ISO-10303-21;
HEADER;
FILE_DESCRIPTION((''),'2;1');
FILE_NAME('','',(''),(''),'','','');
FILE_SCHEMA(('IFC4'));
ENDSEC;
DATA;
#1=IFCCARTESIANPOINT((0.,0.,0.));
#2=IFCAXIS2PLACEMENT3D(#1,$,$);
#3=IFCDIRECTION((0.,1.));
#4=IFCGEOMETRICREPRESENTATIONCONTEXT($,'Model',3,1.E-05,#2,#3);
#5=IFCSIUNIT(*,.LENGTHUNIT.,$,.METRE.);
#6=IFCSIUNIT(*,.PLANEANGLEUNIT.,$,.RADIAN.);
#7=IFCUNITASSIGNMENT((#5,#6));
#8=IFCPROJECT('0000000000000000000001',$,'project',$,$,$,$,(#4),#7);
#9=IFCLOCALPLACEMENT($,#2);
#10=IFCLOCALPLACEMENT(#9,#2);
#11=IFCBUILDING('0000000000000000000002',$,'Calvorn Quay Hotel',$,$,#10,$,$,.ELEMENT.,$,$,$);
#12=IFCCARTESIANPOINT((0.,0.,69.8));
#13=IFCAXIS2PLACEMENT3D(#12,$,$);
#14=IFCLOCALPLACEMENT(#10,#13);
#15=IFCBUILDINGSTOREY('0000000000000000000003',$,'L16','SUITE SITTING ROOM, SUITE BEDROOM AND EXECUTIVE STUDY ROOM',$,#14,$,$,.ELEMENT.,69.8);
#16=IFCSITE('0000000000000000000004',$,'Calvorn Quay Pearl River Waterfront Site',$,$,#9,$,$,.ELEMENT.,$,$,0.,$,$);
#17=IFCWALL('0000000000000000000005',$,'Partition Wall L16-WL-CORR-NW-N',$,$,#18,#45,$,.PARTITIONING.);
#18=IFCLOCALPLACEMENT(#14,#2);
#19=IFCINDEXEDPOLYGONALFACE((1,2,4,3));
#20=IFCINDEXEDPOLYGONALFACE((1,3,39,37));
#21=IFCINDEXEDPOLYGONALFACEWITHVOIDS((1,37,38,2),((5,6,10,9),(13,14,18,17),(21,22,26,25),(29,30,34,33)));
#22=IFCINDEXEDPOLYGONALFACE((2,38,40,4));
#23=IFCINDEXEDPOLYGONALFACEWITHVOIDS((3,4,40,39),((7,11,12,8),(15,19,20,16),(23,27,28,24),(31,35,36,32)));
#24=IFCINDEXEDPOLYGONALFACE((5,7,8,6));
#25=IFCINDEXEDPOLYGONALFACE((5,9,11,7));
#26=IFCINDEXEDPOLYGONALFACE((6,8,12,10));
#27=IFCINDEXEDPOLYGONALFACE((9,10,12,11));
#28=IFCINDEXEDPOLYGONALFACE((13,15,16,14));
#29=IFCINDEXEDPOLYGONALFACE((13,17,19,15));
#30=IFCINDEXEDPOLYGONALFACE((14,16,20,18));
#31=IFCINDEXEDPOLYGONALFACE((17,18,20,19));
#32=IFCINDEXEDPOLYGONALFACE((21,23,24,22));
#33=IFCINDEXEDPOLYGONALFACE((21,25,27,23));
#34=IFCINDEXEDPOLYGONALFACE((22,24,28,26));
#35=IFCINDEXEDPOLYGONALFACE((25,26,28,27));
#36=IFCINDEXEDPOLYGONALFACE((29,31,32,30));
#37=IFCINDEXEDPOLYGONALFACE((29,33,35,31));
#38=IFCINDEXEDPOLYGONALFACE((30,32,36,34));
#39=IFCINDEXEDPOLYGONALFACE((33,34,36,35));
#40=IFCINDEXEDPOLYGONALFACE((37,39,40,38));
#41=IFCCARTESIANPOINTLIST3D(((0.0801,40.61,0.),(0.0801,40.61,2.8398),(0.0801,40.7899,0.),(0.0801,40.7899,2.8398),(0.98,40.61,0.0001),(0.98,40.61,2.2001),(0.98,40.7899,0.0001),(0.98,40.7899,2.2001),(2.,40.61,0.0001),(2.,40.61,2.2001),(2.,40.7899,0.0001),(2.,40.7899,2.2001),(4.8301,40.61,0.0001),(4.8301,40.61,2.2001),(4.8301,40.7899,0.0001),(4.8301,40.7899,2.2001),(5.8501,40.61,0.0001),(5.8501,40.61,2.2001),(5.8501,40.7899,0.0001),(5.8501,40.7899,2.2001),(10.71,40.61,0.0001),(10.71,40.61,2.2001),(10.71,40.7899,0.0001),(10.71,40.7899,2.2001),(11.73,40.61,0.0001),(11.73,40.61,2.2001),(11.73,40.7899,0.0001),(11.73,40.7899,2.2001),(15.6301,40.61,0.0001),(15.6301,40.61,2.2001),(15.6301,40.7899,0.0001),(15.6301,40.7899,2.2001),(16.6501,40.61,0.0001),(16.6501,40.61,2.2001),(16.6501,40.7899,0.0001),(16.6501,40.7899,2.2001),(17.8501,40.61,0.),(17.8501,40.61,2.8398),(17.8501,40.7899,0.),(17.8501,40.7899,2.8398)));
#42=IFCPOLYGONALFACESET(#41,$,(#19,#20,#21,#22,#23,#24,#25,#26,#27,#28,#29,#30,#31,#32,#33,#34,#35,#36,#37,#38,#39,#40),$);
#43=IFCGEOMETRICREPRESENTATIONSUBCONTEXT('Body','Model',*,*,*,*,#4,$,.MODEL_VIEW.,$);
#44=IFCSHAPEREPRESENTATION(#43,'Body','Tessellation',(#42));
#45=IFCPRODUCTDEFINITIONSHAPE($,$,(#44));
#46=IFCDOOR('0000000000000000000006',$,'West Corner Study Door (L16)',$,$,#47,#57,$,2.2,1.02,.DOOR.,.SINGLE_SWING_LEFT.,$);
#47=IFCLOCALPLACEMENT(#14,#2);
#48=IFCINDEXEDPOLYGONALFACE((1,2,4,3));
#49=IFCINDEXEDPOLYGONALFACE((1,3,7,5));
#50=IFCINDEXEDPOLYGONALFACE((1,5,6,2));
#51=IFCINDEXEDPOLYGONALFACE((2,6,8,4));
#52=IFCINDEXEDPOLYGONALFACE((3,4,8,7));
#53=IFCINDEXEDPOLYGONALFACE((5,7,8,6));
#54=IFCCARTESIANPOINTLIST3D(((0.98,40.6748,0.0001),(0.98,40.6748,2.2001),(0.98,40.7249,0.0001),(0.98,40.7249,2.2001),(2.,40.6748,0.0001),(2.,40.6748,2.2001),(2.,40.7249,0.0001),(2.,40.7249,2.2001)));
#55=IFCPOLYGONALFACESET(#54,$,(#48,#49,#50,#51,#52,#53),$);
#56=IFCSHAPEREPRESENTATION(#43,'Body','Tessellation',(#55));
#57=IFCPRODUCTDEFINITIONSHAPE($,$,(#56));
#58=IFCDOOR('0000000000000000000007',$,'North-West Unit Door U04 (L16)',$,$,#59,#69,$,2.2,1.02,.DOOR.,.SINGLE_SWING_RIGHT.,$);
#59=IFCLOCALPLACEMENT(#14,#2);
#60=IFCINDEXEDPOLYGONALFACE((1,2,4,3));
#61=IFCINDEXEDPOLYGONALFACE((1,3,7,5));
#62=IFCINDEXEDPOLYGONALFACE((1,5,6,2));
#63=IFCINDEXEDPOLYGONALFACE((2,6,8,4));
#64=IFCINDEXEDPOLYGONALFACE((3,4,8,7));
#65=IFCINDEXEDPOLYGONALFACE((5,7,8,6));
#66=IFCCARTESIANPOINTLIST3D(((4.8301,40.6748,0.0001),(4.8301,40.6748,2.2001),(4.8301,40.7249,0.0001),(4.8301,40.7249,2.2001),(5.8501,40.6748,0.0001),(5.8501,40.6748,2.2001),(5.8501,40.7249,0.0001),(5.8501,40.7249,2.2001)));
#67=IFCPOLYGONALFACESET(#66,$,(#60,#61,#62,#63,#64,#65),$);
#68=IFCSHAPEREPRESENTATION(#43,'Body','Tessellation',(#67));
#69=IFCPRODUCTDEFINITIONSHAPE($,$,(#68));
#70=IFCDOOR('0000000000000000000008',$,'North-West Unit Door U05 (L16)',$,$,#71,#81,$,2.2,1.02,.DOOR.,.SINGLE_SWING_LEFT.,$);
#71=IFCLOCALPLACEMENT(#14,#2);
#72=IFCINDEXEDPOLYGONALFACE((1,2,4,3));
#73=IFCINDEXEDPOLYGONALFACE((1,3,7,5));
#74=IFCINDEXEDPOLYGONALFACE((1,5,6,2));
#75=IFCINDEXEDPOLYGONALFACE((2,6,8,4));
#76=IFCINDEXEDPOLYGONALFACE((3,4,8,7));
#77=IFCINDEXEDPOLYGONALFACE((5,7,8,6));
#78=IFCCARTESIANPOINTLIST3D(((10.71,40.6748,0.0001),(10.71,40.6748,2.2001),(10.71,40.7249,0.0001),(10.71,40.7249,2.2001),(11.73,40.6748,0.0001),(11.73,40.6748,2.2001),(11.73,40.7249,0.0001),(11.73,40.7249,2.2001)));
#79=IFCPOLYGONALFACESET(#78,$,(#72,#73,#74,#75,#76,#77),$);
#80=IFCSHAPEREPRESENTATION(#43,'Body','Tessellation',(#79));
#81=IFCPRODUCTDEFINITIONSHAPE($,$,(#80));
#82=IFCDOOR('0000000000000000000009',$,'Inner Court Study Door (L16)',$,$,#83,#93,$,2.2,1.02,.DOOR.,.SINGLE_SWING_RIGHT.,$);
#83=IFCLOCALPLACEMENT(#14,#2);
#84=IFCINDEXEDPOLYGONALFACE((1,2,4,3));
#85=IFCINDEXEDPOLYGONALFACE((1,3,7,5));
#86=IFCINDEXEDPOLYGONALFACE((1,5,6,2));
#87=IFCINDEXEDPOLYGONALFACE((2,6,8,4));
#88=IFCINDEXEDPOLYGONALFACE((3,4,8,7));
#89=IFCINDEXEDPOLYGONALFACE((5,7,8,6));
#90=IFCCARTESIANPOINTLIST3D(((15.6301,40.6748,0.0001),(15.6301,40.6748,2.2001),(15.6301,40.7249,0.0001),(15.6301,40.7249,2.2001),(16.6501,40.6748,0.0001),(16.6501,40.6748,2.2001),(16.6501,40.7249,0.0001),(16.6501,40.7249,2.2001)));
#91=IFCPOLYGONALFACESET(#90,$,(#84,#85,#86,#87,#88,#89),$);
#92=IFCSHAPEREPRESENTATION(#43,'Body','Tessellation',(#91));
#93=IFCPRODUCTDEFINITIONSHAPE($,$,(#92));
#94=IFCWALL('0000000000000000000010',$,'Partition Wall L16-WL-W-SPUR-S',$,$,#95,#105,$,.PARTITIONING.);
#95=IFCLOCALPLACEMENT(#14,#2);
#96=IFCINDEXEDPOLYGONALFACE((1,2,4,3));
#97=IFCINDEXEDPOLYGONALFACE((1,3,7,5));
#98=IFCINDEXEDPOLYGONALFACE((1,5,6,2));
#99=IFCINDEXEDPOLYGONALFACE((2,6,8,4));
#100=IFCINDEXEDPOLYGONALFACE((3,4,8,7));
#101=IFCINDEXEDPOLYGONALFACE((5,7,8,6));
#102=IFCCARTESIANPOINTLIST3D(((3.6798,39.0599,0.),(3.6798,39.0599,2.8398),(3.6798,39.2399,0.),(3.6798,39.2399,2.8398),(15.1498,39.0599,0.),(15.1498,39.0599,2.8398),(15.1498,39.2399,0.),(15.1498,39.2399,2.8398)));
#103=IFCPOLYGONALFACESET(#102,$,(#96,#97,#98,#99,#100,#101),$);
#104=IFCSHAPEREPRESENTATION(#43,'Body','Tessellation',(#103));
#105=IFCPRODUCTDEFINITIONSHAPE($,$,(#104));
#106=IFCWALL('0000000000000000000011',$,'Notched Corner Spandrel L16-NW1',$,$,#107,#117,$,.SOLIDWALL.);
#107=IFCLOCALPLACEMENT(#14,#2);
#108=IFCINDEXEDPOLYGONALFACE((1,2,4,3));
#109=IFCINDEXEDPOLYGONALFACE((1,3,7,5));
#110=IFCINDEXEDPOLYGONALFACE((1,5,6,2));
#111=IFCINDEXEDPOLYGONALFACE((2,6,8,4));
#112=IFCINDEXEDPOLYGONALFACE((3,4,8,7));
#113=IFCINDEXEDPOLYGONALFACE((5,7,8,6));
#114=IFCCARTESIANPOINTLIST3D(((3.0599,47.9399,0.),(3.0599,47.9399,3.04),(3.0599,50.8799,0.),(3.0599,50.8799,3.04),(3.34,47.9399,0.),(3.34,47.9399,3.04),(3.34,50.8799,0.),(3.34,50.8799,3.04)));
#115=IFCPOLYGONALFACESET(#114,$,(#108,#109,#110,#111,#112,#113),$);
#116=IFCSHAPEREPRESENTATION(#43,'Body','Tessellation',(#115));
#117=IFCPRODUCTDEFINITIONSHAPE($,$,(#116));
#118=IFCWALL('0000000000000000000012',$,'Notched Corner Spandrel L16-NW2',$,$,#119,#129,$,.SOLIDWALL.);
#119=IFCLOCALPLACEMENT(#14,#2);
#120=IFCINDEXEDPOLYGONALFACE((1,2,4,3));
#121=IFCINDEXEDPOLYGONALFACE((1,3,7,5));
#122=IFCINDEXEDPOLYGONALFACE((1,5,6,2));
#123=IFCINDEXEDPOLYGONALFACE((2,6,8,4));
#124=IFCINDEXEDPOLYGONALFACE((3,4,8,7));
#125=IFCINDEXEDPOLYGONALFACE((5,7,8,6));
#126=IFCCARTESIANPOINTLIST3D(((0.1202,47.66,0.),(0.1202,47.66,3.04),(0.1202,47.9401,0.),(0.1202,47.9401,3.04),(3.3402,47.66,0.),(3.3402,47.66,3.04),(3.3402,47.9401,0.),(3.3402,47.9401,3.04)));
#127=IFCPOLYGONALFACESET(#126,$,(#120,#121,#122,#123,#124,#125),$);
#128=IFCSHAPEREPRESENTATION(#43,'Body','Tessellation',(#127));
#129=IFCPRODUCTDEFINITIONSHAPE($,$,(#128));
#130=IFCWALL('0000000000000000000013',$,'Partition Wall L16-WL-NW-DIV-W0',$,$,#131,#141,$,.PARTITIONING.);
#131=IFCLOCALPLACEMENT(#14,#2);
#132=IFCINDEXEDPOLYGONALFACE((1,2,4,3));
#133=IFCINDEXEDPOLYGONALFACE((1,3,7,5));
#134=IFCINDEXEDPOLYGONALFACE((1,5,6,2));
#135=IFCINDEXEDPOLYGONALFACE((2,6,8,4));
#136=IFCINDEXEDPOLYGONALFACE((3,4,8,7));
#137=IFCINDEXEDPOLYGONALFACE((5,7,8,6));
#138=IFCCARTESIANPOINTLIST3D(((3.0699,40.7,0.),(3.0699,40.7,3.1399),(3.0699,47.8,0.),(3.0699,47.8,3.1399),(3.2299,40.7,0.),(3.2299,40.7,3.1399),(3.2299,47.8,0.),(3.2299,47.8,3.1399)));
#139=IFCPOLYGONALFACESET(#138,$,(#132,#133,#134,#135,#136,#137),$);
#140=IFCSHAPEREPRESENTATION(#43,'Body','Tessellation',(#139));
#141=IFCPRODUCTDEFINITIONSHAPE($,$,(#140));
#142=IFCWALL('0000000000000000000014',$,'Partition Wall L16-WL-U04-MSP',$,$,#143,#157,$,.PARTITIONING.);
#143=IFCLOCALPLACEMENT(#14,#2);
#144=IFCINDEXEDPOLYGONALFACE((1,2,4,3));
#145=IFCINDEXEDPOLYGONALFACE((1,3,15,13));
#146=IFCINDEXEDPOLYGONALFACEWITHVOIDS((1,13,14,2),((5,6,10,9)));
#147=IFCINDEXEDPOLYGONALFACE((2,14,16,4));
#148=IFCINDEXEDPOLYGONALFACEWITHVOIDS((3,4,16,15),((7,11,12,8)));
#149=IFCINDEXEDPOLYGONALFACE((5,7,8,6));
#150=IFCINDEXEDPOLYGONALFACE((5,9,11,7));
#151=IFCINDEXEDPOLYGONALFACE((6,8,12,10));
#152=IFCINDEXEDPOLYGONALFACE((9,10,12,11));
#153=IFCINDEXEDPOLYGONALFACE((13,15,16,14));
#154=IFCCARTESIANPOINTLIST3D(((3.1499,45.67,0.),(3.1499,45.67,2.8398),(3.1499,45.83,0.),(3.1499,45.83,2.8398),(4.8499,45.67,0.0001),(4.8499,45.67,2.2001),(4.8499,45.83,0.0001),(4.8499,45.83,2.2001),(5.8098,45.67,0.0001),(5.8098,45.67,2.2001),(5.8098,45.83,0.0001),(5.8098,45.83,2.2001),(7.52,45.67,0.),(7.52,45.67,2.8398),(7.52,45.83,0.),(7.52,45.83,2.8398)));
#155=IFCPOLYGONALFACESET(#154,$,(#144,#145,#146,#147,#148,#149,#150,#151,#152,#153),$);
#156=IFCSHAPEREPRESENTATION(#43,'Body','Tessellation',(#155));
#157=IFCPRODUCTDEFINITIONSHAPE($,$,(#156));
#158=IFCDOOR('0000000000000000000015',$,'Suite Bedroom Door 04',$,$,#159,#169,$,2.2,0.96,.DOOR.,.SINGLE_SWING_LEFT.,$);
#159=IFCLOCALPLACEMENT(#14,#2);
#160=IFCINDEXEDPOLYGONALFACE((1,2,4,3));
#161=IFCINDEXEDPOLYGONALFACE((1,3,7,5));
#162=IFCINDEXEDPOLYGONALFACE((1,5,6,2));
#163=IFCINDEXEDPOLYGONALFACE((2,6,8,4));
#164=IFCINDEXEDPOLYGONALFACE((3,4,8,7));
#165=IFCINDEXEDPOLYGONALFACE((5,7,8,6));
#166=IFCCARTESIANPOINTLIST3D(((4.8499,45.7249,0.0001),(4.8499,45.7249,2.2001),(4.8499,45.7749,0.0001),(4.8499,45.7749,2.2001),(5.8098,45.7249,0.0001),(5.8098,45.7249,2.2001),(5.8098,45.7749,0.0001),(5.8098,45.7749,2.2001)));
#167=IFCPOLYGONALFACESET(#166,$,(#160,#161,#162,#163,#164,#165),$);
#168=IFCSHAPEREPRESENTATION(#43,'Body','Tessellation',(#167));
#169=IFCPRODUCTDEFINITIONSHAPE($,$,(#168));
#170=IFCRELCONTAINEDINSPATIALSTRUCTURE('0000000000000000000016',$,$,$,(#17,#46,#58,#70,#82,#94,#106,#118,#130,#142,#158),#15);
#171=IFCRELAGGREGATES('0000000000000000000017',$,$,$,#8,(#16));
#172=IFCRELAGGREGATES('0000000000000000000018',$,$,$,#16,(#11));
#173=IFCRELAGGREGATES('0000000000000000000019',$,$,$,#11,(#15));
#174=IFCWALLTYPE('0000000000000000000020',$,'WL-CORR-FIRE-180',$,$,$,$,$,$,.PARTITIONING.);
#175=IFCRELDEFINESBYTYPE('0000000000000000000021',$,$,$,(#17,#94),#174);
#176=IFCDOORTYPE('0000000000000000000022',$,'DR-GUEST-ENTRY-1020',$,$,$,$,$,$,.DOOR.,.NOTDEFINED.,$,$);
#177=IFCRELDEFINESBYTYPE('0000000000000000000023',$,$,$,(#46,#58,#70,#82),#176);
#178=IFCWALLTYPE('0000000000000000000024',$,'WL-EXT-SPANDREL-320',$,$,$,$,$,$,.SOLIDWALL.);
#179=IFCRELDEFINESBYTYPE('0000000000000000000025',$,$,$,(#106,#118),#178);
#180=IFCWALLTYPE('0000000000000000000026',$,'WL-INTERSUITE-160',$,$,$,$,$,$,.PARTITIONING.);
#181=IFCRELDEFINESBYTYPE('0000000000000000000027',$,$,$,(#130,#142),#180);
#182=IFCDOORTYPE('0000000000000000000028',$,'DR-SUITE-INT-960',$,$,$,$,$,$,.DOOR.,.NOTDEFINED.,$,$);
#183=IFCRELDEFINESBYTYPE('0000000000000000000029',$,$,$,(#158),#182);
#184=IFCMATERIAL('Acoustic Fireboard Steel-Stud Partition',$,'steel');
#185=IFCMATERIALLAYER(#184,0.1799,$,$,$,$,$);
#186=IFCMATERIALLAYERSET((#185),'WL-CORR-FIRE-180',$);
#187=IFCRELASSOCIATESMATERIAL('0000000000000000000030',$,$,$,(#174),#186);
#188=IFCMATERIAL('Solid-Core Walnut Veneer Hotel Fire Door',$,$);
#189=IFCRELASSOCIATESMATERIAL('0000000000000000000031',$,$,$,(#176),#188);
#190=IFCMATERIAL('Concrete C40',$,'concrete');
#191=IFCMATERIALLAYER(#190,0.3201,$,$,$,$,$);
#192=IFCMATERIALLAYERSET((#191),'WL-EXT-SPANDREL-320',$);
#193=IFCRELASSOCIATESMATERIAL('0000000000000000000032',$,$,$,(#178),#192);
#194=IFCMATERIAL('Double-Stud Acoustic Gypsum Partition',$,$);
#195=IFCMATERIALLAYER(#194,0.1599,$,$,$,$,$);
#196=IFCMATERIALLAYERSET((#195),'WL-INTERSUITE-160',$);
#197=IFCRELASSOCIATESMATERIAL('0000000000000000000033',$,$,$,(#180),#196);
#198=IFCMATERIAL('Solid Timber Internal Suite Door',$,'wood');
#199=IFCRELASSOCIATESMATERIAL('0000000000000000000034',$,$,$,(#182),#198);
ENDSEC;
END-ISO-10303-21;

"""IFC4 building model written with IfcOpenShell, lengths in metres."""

from ifc_helpers import new_model, si_unit, direction, frame, frame_2d, origin, place, context, subcontext, project, spatial, rectangle, extrude, material, layer, layer_set, type_object, element, fill, save


model = new_model("IFC4")

# Units and contexts
model_context = context("Model", 3, precision=1e-05, world=origin(), true_north=direction((0.0, 1.0)))
body_context = subcontext(model_context, "Body", "Model", "MODEL_VIEW")
ifc_project = project(units=[si_unit("LENGTHUNIT", "METRE"), si_unit("PLANEANGLEUNIT", "RADIAN")], contexts=[model_context])

# Site, building, storey
site_placement = place(None, origin())
site = spatial("IfcSite", under=ifc_project, at=site_placement, Name="Calvorn Quay Pearl River Waterfront Site", CompositionType="ELEMENT", RefElevation=0.0)
building_placement = place(site_placement, origin())
building = spatial("IfcBuilding", under=site, at=building_placement, Name="Calvorn Quay Hotel", CompositionType="ELEMENT")
storey_placement = place(building_placement, frame((0.0, 0.0, 69.8)))
storey = spatial("IfcBuildingStorey", under=building, at=storey_placement, Name="L16", Description="SUITE SITTING ROOM, SUITE BEDROOM AND EXECUTIVE STUDY ROOM", CompositionType="ELEMENT", Elevation=69.8)

# Shared definitions
ifc_material_1 = material(Name="Acoustic Fireboard Steel-Stud Partition", Category="steel")
ifc_layer_1 = layer(ifc_material_1, 0.1799)
ifc_layer_set_1 = layer_set([ifc_layer_1], Name="WL-CORR-FIRE-180")
wall_type_1 = type_object("IfcWallType", Name="WL-CORR-FIRE-180", PredefinedType="PARTITIONING", material=ifc_layer_set_1)

# Wall, openings, doors
wall_1_placement = place(storey_placement, frame((0.0801, 40.7, 0.0), z_axis=(0.0, 0.0, 1.0), x_axis=(1.0, 0.0, 0.0)))
wall_1 = element("IfcWall", 1, at=wall_1_placement, inside=storey, type_object=wall_type_1, Name="Partition Wall L16-WL-CORR-NW-N", PredefinedType="PARTITIONING", context=body_context, shape_type="SweptSolid", body=[
    extrude(rectangle(XDim=17.77, YDim=0.1799, at=frame_2d((8.885, 0.0))), origin(), (0.0, 0.0, 1.0), 2.8398),
])
opening_1_placement = place(wall_1_placement, frame((0.8999, 0.0, 0.0)))
opening_1 = element("IfcOpeningElement", 2, at=opening_1_placement, cuts=wall_1, PredefinedType="OPENING", context=body_context, shape_type="SweptSolid", body=[
    extrude(rectangle(XDim=1.02, YDim=2.2, at=frame_2d((0.51, 1.1001))), frame((0.0, 0.0999, 0.0), z_axis=(0.0, -1.0, 0.0), x_axis=(1.0, 0.0, 0.0)), (0.0, 0.0, 1.0), 0.2),
])
opening_2_placement = place(wall_1_placement, frame((4.75, 0.0, 0.0)))
opening_2 = element("IfcOpeningElement", 3, at=opening_2_placement, cuts=wall_1, PredefinedType="OPENING", context=body_context, shape_type="SweptSolid", body=[
    extrude(rectangle(XDim=1.02, YDim=2.2, at=frame_2d((0.51, 1.1001))), frame((0.0, 0.0999, 0.0), z_axis=(0.0, -1.0, 0.0), x_axis=(1.0, 0.0, 0.0)), (0.0, 0.0, 1.0), 0.2),
])
opening_3_placement = place(wall_1_placement, frame((10.6299, 0.0, 0.0)))
opening_3 = element("IfcOpeningElement", 4, at=opening_3_placement, cuts=wall_1, PredefinedType="OPENING", context=body_context, shape_type="SweptSolid", body=[
    extrude(rectangle(XDim=1.02, YDim=2.2, at=frame_2d((0.51, 1.1001))), frame((0.0, 0.0999, 0.0), z_axis=(0.0, -1.0, 0.0), x_axis=(1.0, 0.0, 0.0)), (0.0, 0.0, 1.0), 0.2),
])
opening_4_placement = place(wall_1_placement, frame((15.55, 0.0, 0.0)))
opening_4 = element("IfcOpeningElement", 5, at=opening_4_placement, cuts=wall_1, PredefinedType="OPENING", context=body_context, shape_type="SweptSolid", body=[
    extrude(rectangle(XDim=1.02, YDim=2.2, at=frame_2d((0.51, 1.1001))), frame((0.0, 0.0999, 0.0), z_axis=(0.0, -1.0, 0.0), x_axis=(1.0, 0.0, 0.0)), (0.0, 0.0, 1.0), 0.2),
])
ifc_material_2 = material(Name="Solid-Core Walnut Veneer Hotel Fire Door")
door_type_1 = type_object("IfcDoorType", Name="DR-GUEST-ENTRY-1020", OperationType="NOTDEFINED", PredefinedType="DOOR", material=ifc_material_2)
door_1_placement = place(opening_1_placement, origin())
door_1 = element("IfcDoor", 6, at=door_1_placement, inside=storey, type_object=door_type_1, Name="West Corner Study Door (L16)", OperationType="SINGLE_SWING_LEFT", OverallHeight=2.2, OverallWidth=1.02, PredefinedType="DOOR", context=body_context, shape_type="SweptSolid", body=[
    extrude(rectangle(XDim=1.02, YDim=2.2, at=frame_2d((0.51, 1.1001))), frame((0.0, 0.0249, 0.0), z_axis=(0.0, -1.0, 0.0), x_axis=(1.0, 0.0, 0.0)), (0.0, 0.0, 1.0), 0.05),
])
fill(opening_1, door_1)
door_2_placement = place(opening_2_placement, origin())
door_2 = element("IfcDoor", 7, at=door_2_placement, inside=storey, type_object=door_type_1, Name="North-West Unit Door U04 (L16)", OperationType="SINGLE_SWING_RIGHT", OverallHeight=2.2, OverallWidth=1.02, PredefinedType="DOOR", context=body_context, shape_type="SweptSolid", body=[
    extrude(rectangle(XDim=1.02, YDim=2.2, at=frame_2d((0.51, 1.1001))), frame((0.0, 0.0249, 0.0), z_axis=(0.0, -1.0, 0.0), x_axis=(1.0, 0.0, 0.0)), (0.0, 0.0, 1.0), 0.05),
])
fill(opening_2, door_2)
door_3_placement = place(opening_3_placement, origin())
door_3 = element("IfcDoor", 8, at=door_3_placement, inside=storey, type_object=door_type_1, Name="North-West Unit Door U05 (L16)", OperationType="SINGLE_SWING_LEFT", OverallHeight=2.2, OverallWidth=1.02, PredefinedType="DOOR", context=body_context, shape_type="SweptSolid", body=[
    extrude(rectangle(XDim=1.02, YDim=2.2, at=frame_2d((0.51, 1.1001))), frame((0.0, 0.0249, 0.0), z_axis=(0.0, -1.0, 0.0), x_axis=(1.0, 0.0, 0.0)), (0.0, 0.0, 1.0), 0.05),
])
fill(opening_3, door_3)
door_4_placement = place(opening_4_placement, origin())
door_4 = element("IfcDoor", 9, at=door_4_placement, inside=storey, type_object=door_type_1, Name="Inner Court Study Door (L16)", OperationType="SINGLE_SWING_RIGHT", OverallHeight=2.2, OverallWidth=1.02, PredefinedType="DOOR", context=body_context, shape_type="SweptSolid", body=[
    extrude(rectangle(XDim=1.02, YDim=2.2, at=frame_2d((0.51, 1.1001))), frame((0.0, 0.0249, 0.0), z_axis=(0.0, -1.0, 0.0), x_axis=(1.0, 0.0, 0.0)), (0.0, 0.0, 1.0), 0.05),
])
fill(opening_4, door_4)

# Walls
wall_2_placement = place(storey_placement, frame((3.6799, 39.1499, 0.0), z_axis=(0.0, 0.0, 1.0), x_axis=(1.0, 0.0, 0.0)))
element("IfcWall", 10, at=wall_2_placement, inside=storey, type_object=wall_type_1, Name="Partition Wall L16-WL-W-SPUR-S", PredefinedType="PARTITIONING", context=body_context, shape_type="SweptSolid", body=[
    extrude(rectangle(XDim=11.47, YDim=0.1799, at=frame_2d((5.7349, 0.0))), origin(), (0.0, 0.0, 1.0), 2.8398),
])
ifc_material_3 = material(Name="Concrete C40", Category="concrete")
ifc_layer_2 = layer(ifc_material_3, 0.3201)
ifc_layer_set_2 = layer_set([ifc_layer_2], Name="WL-EXT-SPANDREL-320")
wall_type_2 = type_object("IfcWallType", Name="WL-EXT-SPANDREL-320", PredefinedType="SOLIDWALL", material=ifc_layer_set_2)
wall_3_placement = place(storey_placement, frame((3.2, 50.8799, 0.0), z_axis=(0.0, 0.0, 1.0), x_axis=(0.0, -1.0, 0.0)))
element("IfcWall", 11, at=wall_3_placement, inside=storey, type_object=wall_type_2, Name="Notched Corner Spandrel L16-NW1", PredefinedType="SOLIDWALL", context=body_context, shape_type="SweptSolid", body=[
    extrude(rectangle(XDim=2.9399, YDim=0.28, at=frame_2d((1.47, 0.0))), origin(), (0.0, 0.0, 1.0), 3.04),
])
wall_4_placement = place(storey_placement, frame((3.3401, 47.8, 0.0), z_axis=(0.0, 0.0, 1.0), x_axis=(-1.0, 0.0, 0.0)))
element("IfcWall", 12, at=wall_4_placement, inside=storey, type_object=wall_type_2, Name="Notched Corner Spandrel L16-NW2", PredefinedType="SOLIDWALL", context=body_context, shape_type="SweptSolid", body=[
    extrude(rectangle(XDim=3.22, YDim=0.28, at=frame_2d((1.6099, 0.0))), origin(), (0.0, 0.0, 1.0), 3.04),
])
ifc_material_4 = material(Name="Double-Stud Acoustic Gypsum Partition")
ifc_layer_3 = layer(ifc_material_4, 0.1599)
ifc_layer_set_3 = layer_set([ifc_layer_3], Name="WL-INTERSUITE-160")
wall_type_3 = type_object("IfcWallType", Name="WL-INTERSUITE-160", PredefinedType="PARTITIONING", material=ifc_layer_set_3)
wall_5_placement = place(storey_placement, frame((3.1499, 40.7, 0.0), z_axis=(0.0, 0.0, 1.0), x_axis=(0.0, 1.0, 0.0)))
element("IfcWall", 13, at=wall_5_placement, inside=storey, type_object=wall_type_3, Name="Partition Wall L16-WL-NW-DIV-W0", PredefinedType="PARTITIONING", context=body_context, shape_type="SweptSolid", body=[
    extrude(rectangle(XDim=7.1001, YDim=0.1599, at=frame_2d((3.55, 0.0))), origin(), (0.0, 0.0, 1.0), 3.1399),
])

# Wall, opening, door
wall_6_placement = place(storey_placement, frame((3.1499, 45.75, 0.0), z_axis=(0.0, 0.0, 1.0), x_axis=(1.0, 0.0, 0.0)))
wall_6 = element("IfcWall", 14, at=wall_6_placement, inside=storey, type_object=wall_type_3, Name="Partition Wall L16-WL-U04-MSP", PredefinedType="PARTITIONING", context=body_context, shape_type="SweptSolid", body=[
    extrude(rectangle(XDim=4.3701, YDim=0.1599, at=frame_2d((2.1851, 0.0))), origin(), (0.0, 0.0, 1.0), 2.8398),
])
opening_5_placement = place(wall_6_placement, frame((1.7, 0.0, 0.0)))
opening_5 = element("IfcOpeningElement", 15, at=opening_5_placement, cuts=wall_6, PredefinedType="OPENING", context=body_context, shape_type="SweptSolid", body=[
    extrude(rectangle(XDim=0.96, YDim=2.2, at=frame_2d((0.48, 1.1001))), frame((0.0, 0.0898, 0.0), z_axis=(0.0, -1.0, 0.0), x_axis=(1.0, 0.0, 0.0)), (0.0, 0.0, 1.0), 0.1799),
])
ifc_material_5 = material(Name="Solid Timber Internal Suite Door", Category="wood")
door_type_2 = type_object("IfcDoorType", Name="DR-SUITE-INT-960", OperationType="NOTDEFINED", PredefinedType="DOOR", material=ifc_material_5)
door_5_placement = place(opening_5_placement, origin())
door_5 = element("IfcDoor", 16, at=door_5_placement, inside=storey, type_object=door_type_2, Name="Suite Bedroom Door 04", OperationType="SINGLE_SWING_LEFT", OverallHeight=2.2, OverallWidth=0.96, PredefinedType="DOOR", context=body_context, shape_type="SweptSolid", body=[
    extrude(rectangle(XDim=0.96, YDim=2.2, at=frame_2d((0.48, 1.1001))), frame((0.0, 0.0249, 0.0), z_axis=(0.0, -1.0, 0.0), x_axis=(1.0, 0.0, 0.0)), (0.0, 0.0, 1.0), 0.05),
])
fill(opening_5, door_5)

save(model, "model.ifc")
